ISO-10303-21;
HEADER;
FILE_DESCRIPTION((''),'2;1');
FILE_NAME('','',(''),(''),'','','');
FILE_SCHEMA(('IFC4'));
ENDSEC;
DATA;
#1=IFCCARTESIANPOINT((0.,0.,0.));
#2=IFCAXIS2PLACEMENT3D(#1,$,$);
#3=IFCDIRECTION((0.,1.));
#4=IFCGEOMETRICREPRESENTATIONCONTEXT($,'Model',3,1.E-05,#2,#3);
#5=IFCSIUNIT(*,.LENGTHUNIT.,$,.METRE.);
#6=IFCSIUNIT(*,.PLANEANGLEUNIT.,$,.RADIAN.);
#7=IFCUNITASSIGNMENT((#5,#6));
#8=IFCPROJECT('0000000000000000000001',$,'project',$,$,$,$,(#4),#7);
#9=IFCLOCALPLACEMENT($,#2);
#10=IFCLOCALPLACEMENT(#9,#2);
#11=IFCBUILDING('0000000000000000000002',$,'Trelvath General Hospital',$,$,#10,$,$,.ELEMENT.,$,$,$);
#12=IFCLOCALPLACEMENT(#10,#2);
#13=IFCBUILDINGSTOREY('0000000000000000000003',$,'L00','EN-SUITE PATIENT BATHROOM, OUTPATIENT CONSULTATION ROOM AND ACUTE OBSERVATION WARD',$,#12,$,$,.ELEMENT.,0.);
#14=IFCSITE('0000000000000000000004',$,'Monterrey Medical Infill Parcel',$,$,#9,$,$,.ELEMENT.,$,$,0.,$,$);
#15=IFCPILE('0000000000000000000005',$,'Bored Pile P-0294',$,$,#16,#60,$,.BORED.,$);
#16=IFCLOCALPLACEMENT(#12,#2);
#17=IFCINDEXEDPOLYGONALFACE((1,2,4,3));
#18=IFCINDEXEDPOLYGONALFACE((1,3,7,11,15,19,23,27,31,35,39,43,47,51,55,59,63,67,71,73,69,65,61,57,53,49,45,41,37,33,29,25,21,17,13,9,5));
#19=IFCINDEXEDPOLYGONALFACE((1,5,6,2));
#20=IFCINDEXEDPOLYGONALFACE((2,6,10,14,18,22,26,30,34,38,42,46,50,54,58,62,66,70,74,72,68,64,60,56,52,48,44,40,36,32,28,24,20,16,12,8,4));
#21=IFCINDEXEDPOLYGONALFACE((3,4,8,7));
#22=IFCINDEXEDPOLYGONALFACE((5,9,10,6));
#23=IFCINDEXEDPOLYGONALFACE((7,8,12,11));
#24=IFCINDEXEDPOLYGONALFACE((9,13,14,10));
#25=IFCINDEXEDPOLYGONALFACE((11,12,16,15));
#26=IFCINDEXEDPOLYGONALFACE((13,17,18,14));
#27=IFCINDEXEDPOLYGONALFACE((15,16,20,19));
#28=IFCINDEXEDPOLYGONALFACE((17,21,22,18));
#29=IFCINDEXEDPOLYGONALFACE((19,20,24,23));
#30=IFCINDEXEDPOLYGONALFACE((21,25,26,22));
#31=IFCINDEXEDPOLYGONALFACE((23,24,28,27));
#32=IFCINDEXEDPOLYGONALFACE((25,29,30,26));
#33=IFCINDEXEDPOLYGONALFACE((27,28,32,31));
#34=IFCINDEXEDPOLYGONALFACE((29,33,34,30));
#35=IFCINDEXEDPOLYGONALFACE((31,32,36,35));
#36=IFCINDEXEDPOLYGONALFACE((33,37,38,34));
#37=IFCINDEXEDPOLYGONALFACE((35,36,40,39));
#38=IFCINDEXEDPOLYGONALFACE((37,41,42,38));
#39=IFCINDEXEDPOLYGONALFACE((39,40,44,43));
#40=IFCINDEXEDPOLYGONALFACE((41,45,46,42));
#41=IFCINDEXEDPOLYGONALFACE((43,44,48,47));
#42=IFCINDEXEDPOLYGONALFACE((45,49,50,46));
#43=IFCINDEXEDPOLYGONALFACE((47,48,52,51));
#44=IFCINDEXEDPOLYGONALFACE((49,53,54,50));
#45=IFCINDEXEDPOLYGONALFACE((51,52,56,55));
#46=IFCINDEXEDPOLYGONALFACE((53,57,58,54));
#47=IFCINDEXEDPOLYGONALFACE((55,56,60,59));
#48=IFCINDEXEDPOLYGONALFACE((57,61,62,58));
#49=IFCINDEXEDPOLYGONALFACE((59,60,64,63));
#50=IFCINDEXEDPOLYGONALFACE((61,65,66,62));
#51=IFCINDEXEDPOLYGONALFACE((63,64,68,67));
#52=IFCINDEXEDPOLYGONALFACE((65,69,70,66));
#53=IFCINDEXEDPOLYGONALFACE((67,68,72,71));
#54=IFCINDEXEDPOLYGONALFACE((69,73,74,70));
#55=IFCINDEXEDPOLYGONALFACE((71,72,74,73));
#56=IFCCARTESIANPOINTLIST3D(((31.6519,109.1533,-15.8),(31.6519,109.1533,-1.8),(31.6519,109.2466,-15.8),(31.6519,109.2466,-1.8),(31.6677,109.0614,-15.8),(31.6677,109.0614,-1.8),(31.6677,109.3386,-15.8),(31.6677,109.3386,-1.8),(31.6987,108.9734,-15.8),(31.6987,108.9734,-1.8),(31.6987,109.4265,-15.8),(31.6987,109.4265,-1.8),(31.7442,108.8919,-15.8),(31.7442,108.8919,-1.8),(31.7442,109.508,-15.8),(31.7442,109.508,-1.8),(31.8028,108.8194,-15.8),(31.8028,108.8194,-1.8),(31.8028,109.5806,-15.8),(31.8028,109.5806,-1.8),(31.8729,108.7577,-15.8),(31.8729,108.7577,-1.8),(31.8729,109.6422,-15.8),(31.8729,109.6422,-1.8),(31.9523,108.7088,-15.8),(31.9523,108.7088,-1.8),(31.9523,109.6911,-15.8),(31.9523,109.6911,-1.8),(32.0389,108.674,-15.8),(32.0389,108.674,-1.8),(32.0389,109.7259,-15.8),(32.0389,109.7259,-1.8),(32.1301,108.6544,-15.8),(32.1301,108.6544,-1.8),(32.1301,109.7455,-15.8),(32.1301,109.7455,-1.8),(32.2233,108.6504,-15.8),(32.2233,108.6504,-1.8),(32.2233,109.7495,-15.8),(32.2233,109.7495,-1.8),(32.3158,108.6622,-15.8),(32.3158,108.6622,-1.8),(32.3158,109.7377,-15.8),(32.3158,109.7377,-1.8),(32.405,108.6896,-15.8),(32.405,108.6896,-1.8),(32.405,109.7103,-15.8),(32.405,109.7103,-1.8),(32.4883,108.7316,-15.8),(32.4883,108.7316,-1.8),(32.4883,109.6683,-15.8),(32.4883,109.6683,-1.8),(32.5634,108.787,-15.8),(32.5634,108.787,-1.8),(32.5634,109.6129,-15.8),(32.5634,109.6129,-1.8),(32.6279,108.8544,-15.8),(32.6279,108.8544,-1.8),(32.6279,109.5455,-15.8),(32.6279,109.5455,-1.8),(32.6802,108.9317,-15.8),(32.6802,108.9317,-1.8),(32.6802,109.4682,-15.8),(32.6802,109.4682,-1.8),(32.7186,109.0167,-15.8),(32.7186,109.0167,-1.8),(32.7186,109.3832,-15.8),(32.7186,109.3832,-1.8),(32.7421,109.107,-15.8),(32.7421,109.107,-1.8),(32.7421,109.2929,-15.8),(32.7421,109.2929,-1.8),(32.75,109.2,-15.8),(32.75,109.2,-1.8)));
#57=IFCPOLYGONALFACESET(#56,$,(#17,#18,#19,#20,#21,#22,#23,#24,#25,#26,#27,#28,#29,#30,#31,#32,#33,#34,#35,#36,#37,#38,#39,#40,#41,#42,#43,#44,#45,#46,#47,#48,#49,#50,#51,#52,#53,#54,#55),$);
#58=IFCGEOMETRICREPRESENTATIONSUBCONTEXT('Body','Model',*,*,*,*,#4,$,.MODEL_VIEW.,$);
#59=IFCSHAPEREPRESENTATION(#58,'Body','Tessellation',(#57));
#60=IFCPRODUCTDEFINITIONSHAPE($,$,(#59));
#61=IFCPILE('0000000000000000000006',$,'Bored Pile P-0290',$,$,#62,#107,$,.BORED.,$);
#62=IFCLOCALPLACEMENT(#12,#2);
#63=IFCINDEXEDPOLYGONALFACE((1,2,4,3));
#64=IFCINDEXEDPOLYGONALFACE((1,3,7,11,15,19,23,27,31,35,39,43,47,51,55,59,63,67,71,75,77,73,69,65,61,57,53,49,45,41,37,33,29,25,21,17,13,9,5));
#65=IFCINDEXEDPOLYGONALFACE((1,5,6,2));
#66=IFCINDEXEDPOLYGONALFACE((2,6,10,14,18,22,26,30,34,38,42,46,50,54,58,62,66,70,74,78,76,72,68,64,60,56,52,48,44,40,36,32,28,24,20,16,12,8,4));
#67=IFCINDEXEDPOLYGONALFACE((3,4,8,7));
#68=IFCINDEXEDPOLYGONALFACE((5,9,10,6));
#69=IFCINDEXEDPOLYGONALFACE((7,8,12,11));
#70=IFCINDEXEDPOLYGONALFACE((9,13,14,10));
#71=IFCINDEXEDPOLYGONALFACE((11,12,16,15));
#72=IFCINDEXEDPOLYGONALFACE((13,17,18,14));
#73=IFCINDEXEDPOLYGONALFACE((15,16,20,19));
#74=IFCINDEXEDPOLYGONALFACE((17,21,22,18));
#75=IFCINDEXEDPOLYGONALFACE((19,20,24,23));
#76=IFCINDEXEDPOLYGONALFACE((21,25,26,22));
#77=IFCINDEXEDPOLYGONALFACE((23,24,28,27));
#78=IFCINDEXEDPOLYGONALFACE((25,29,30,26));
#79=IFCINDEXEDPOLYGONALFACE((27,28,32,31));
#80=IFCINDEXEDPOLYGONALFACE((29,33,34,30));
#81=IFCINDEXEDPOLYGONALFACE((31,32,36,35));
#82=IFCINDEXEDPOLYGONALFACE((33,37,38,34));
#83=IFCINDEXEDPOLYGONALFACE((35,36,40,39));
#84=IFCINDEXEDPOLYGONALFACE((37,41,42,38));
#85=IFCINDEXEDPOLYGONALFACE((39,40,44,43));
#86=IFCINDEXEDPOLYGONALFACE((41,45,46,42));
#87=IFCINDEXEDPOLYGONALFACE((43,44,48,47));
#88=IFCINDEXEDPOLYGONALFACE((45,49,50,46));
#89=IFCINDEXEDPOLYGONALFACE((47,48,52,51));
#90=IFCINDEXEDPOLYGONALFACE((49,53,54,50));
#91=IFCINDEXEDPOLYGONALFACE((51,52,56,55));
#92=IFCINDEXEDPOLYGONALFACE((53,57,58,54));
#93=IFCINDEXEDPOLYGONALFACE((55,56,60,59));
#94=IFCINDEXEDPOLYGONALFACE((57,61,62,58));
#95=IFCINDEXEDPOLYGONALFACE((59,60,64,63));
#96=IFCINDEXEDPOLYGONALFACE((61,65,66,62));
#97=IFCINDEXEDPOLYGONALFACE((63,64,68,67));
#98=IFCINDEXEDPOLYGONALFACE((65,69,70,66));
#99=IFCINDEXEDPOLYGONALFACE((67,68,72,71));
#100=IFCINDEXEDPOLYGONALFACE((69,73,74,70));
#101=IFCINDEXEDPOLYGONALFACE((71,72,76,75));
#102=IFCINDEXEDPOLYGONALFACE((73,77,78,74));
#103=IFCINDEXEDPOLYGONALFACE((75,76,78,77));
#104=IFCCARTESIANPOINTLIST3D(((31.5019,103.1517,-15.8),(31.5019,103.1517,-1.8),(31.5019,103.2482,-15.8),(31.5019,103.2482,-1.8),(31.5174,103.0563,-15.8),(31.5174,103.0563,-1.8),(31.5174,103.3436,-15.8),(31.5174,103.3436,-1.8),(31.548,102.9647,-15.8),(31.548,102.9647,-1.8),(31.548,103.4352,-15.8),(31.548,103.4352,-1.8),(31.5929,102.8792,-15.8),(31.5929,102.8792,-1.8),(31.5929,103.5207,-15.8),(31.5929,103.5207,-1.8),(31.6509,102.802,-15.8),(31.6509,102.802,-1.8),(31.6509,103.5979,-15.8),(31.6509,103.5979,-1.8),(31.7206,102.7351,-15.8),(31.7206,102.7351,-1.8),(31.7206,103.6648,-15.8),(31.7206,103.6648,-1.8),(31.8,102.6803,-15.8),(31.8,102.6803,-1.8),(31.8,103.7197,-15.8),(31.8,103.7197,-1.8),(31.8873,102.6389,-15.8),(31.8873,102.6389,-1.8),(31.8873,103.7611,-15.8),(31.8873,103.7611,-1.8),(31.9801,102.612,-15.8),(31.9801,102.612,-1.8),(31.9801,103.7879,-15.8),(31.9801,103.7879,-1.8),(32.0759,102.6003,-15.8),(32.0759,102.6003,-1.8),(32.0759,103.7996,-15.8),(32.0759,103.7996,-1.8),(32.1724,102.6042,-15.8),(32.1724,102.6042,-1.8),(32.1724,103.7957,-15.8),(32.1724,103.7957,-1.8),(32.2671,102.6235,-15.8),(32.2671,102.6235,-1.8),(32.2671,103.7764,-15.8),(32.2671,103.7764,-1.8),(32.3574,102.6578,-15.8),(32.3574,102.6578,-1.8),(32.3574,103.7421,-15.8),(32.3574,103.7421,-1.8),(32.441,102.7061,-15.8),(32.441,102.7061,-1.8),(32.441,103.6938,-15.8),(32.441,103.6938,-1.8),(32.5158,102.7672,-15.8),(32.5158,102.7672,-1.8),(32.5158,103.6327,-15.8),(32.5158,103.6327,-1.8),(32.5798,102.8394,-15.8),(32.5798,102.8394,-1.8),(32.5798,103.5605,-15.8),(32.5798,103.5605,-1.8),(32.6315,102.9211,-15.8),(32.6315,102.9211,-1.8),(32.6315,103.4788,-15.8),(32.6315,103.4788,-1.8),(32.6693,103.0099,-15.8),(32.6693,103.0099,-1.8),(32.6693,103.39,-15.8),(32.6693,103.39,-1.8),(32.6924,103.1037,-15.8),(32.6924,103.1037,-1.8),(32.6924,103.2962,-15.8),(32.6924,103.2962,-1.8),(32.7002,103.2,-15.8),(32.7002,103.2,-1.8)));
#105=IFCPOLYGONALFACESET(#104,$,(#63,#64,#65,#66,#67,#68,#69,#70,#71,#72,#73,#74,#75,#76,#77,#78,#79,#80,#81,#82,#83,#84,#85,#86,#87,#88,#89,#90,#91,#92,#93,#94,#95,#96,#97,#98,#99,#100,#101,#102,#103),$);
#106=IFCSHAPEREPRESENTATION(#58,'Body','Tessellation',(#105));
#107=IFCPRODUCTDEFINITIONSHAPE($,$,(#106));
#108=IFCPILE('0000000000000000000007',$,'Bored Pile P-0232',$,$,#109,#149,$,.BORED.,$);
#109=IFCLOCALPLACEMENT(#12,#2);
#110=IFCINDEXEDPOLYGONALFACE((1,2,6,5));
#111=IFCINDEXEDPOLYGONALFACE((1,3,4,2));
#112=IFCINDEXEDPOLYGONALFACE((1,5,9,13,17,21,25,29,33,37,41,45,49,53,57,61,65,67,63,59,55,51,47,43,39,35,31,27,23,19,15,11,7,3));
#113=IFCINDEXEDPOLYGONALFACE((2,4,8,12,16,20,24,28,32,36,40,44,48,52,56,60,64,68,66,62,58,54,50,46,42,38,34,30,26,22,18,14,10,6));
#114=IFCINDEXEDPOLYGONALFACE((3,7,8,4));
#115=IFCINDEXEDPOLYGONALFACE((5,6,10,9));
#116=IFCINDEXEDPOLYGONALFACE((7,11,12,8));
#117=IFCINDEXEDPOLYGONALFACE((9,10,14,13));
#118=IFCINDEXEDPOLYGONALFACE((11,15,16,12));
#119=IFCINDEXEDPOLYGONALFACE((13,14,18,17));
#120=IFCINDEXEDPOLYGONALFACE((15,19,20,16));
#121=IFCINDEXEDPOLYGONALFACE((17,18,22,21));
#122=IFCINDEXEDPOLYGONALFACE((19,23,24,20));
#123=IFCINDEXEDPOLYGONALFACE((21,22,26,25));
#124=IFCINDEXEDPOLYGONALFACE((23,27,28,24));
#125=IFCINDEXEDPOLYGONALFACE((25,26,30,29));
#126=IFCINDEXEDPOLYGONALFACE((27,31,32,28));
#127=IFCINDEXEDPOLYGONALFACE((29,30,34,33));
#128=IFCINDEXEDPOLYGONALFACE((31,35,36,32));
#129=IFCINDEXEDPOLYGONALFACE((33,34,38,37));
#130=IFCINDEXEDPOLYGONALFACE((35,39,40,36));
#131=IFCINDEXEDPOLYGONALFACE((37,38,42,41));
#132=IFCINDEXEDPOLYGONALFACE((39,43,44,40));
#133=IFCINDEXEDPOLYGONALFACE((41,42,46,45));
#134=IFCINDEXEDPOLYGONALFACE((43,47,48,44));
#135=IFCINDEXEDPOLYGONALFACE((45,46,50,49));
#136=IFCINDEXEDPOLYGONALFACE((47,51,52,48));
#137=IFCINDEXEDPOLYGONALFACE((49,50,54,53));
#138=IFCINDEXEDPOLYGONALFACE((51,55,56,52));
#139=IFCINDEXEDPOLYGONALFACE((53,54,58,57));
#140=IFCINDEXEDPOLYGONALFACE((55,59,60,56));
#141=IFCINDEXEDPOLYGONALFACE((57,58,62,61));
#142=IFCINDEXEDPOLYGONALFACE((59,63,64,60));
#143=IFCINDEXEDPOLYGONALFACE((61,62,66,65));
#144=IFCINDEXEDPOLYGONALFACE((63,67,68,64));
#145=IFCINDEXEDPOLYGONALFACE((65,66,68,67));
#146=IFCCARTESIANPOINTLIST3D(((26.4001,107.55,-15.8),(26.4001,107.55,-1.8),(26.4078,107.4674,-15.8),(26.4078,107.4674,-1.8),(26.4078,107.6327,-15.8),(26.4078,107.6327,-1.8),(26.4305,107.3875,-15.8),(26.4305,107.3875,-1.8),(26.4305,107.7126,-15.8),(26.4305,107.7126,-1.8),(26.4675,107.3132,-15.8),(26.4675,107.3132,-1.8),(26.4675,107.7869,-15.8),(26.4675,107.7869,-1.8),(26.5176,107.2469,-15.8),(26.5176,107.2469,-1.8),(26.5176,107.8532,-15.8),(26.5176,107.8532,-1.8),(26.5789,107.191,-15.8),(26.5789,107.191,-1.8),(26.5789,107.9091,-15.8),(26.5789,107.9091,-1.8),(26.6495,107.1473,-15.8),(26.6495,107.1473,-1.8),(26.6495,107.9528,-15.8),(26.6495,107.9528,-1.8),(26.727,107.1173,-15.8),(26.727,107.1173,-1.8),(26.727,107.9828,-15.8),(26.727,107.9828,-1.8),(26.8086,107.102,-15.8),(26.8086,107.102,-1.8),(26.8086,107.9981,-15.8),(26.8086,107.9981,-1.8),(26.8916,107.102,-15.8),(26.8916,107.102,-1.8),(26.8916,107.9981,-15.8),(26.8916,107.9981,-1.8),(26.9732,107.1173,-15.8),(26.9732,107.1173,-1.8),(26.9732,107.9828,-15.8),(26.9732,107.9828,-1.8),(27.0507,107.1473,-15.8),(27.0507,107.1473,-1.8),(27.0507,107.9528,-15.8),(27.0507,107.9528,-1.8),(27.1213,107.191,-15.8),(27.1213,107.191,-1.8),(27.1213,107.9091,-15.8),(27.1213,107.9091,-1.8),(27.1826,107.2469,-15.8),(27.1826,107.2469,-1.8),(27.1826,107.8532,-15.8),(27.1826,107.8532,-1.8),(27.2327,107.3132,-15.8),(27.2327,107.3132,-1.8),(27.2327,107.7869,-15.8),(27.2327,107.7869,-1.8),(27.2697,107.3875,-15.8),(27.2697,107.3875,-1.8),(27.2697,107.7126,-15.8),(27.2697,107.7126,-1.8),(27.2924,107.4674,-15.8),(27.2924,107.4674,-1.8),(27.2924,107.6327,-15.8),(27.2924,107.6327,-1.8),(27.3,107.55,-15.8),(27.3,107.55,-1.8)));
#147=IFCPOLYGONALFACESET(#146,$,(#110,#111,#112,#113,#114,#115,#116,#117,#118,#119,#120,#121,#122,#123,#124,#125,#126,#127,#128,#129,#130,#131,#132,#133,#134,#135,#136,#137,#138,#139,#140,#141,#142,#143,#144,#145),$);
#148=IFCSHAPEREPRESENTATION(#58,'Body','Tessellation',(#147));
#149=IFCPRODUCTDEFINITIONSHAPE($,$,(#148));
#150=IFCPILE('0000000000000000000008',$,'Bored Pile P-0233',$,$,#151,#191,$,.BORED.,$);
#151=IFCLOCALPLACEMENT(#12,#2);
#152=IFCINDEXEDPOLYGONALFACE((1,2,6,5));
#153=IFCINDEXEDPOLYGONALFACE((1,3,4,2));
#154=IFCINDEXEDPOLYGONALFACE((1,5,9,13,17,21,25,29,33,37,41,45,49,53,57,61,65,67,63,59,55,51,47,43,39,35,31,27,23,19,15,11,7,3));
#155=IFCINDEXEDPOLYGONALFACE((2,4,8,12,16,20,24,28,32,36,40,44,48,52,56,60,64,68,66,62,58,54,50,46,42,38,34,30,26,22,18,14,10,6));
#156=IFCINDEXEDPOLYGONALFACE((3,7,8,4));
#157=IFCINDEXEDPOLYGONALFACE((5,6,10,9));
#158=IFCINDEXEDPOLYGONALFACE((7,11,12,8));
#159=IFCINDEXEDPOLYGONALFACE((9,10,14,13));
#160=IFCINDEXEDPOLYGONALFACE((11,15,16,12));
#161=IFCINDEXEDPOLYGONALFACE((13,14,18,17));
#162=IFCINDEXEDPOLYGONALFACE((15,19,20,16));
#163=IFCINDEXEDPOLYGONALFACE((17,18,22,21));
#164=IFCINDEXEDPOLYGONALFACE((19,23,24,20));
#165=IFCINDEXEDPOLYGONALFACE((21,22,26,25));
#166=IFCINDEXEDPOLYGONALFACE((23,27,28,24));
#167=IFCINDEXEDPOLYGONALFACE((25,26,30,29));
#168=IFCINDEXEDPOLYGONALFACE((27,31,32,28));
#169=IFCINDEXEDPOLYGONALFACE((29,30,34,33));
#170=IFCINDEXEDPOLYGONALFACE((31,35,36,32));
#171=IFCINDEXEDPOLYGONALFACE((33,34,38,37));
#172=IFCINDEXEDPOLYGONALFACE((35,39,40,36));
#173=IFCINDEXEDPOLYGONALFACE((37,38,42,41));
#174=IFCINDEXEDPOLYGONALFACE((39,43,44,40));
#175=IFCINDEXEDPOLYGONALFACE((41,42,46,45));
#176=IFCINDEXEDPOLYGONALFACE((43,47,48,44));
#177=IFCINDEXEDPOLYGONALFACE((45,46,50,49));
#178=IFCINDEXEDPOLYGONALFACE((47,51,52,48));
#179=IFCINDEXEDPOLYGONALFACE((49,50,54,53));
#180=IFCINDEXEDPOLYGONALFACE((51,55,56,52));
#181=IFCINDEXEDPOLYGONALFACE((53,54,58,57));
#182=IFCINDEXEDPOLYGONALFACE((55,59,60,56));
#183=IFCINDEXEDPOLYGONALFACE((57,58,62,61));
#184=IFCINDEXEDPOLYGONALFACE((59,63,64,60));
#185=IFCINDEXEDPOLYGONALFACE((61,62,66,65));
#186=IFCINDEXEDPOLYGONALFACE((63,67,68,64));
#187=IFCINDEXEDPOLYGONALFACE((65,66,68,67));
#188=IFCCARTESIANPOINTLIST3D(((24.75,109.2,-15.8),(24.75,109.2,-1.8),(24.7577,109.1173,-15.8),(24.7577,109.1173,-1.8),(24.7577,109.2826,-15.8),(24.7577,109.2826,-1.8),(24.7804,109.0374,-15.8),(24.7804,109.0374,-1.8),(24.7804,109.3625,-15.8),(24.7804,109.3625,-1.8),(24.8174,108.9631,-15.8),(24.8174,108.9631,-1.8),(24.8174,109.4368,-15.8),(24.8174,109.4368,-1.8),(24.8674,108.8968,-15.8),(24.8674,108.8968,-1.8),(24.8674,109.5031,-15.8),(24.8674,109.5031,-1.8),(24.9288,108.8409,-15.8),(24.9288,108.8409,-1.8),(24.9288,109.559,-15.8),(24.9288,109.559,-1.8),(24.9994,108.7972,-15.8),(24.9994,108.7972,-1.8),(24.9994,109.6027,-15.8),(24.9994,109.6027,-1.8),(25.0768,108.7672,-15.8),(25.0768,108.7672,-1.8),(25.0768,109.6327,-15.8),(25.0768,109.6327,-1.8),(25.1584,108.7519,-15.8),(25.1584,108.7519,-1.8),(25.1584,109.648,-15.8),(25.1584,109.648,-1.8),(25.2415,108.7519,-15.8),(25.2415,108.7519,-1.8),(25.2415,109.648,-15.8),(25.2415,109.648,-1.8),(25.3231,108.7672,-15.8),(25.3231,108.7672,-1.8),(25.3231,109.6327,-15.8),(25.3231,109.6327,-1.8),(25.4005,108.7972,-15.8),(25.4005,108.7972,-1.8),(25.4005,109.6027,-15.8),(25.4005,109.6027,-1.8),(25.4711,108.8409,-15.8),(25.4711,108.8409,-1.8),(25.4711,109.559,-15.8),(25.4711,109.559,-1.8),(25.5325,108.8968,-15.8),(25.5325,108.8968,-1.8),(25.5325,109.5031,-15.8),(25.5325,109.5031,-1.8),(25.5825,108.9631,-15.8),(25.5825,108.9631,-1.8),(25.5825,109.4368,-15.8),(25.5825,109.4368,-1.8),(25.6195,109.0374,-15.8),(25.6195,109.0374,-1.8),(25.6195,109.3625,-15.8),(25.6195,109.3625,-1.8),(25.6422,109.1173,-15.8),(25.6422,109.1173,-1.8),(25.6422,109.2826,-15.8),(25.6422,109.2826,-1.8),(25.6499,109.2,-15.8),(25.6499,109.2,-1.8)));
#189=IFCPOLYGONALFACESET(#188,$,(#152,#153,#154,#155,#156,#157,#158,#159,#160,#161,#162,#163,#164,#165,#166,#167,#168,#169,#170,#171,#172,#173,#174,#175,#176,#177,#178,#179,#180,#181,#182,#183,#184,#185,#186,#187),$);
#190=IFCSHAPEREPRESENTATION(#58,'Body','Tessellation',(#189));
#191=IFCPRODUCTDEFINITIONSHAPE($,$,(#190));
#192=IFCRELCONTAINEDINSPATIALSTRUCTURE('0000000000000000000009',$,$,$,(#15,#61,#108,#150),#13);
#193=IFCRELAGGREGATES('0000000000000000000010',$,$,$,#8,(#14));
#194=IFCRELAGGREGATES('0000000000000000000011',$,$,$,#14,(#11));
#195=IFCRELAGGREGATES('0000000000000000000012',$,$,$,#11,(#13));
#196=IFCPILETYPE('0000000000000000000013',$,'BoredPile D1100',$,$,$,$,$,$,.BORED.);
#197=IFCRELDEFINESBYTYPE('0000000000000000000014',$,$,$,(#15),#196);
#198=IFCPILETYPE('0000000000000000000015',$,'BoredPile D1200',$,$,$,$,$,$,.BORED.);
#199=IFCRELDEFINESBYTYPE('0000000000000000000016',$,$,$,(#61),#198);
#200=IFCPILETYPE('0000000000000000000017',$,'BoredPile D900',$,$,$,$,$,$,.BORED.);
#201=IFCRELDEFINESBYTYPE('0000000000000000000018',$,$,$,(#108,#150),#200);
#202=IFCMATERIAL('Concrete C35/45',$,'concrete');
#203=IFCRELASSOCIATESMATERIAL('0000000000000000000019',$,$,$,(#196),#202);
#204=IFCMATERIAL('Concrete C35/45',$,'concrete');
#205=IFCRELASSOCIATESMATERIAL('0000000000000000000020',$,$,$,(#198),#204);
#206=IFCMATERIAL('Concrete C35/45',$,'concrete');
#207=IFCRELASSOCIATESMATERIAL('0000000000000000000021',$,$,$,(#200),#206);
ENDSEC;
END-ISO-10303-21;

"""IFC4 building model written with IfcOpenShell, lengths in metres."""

from ifc_helpers import new_model, si_unit, direction, frame, origin, origin_2d, place, context, subcontext, project, spatial, circle, extrude, material, material_profile, profile_set, type_object, element, save


model = new_model("IFC4")

# Units and contexts
model_context = context("Model", 3, precision=1e-05, world=origin(), true_north=direction((0.0, 1.0)))
body_context = subcontext(model_context, "Body", "Model", "MODEL_VIEW")
ifc_project = project(units=[si_unit("LENGTHUNIT", "METRE"), si_unit("PLANEANGLEUNIT", "RADIAN")], contexts=[model_context])

# Site, building, storey
site_placement = place(None, origin())
site = spatial("IfcSite", under=ifc_project, at=site_placement, Name="Monterrey Medical Infill Parcel", CompositionType="ELEMENT", RefElevation=0.0)
building_placement = place(site_placement, origin())
building = spatial("IfcBuilding", under=site, at=building_placement, Name="Trelvath General Hospital", CompositionType="ELEMENT")
storey_placement = place(building_placement, origin())
storey = spatial("IfcBuildingStorey", under=building, at=storey_placement, Name="L00", Description="EN-SUITE PATIENT BATHROOM, OUTPATIENT CONSULTATION ROOM AND ACUTE OBSERVATION WARD", CompositionType="ELEMENT", Elevation=0.0)

# Piles
ifc_material_1 = material(Name="Concrete C35/45", Category="concrete")
ifc_material_profile_1 = material_profile(ifc_material_1, circle(Radius=0.55, at=origin_2d()), Name="PILE1100")
ifc_profile_set_1 = profile_set([ifc_material_profile_1], Name="Concrete C35/45")
pile_type_1 = type_object("IfcPileType", Name="BoredPile D1100", PredefinedType="BORED", material=ifc_profile_set_1)
for number, where, z_axis, x_axis, name in (
    (1, (32.2, 109.2, -1.8), (0.0, 0.0, -1.0), (1.0, 0.0, 0.0), "Bored Pile P-0294"),
):
    element("IfcPile", number, at=place(storey_placement, frame(where, z_axis=z_axis, x_axis=x_axis)), inside=storey, type_object=pile_type_1, Name=name, PredefinedType="BORED", context=body_context, shape_type="SweptSolid", body=[
        extrude(circle(Radius=0.55, at=origin_2d()), origin(), (0.0, 0.0, 1.0), 14.0),
    ])
ifc_material_2 = material(Name="Concrete C35/45", Category="concrete")
ifc_material_profile_2 = material_profile(ifc_material_2, circle(Radius=0.6001, at=origin_2d()), Name="PILE1200")
ifc_profile_set_2 = profile_set([ifc_material_profile_2], Name="Concrete C35/45")
pile_type_2 = type_object("IfcPileType", Name="BoredPile D1200", PredefinedType="BORED", material=ifc_profile_set_2)
pile_placement = place(storey_placement, frame((32.1001, 103.2, -1.8), z_axis=(0.0, 0.0, -1.0), x_axis=(1.0, 0.0, 0.0)))
element("IfcPile", 2, at=pile_placement, inside=storey, type_object=pile_type_2, Name="Bored Pile P-0290", PredefinedType="BORED", context=body_context, shape_type="SweptSolid", body=[
    extrude(circle(Radius=0.6001, at=origin_2d()), origin(), (0.0, 0.0, 1.0), 14.0),
])
ifc_material_3 = material(Name="Concrete C35/45", Category="concrete")
ifc_material_profile_3 = material_profile(ifc_material_3, circle(Radius=0.45, at=origin_2d()), Name="PILE900")
ifc_profile_set_3 = profile_set([ifc_material_profile_3], Name="Concrete C35/45")
pile_type_3 = type_object("IfcPileType", Name="BoredPile D900", PredefinedType="BORED", material=ifc_profile_set_3)
for number, where, z_axis, x_axis, name in (
    (3, (26.8501, 107.55, -1.8), (0.0, 0.0, -1.0), (1.0, 0.0, 0.0), "Bored Pile P-0232"),
    (4, (25.2, 109.2, -1.8), (0.0, 0.0, -1.0), (1.0, 0.0, 0.0), "Bored Pile P-0233"),
):
    element("IfcPile", number, at=place(storey_placement, frame(where, z_axis=z_axis, x_axis=x_axis)), inside=storey, type_object=pile_type_3, Name=name, PredefinedType="BORED", context=body_context, shape_type="SweptSolid", body=[
        extrude(circle(Radius=0.45, at=origin_2d()), origin(), (0.0, 0.0, 1.0), 14.0),
    ])

save(model, "model.ifc")
